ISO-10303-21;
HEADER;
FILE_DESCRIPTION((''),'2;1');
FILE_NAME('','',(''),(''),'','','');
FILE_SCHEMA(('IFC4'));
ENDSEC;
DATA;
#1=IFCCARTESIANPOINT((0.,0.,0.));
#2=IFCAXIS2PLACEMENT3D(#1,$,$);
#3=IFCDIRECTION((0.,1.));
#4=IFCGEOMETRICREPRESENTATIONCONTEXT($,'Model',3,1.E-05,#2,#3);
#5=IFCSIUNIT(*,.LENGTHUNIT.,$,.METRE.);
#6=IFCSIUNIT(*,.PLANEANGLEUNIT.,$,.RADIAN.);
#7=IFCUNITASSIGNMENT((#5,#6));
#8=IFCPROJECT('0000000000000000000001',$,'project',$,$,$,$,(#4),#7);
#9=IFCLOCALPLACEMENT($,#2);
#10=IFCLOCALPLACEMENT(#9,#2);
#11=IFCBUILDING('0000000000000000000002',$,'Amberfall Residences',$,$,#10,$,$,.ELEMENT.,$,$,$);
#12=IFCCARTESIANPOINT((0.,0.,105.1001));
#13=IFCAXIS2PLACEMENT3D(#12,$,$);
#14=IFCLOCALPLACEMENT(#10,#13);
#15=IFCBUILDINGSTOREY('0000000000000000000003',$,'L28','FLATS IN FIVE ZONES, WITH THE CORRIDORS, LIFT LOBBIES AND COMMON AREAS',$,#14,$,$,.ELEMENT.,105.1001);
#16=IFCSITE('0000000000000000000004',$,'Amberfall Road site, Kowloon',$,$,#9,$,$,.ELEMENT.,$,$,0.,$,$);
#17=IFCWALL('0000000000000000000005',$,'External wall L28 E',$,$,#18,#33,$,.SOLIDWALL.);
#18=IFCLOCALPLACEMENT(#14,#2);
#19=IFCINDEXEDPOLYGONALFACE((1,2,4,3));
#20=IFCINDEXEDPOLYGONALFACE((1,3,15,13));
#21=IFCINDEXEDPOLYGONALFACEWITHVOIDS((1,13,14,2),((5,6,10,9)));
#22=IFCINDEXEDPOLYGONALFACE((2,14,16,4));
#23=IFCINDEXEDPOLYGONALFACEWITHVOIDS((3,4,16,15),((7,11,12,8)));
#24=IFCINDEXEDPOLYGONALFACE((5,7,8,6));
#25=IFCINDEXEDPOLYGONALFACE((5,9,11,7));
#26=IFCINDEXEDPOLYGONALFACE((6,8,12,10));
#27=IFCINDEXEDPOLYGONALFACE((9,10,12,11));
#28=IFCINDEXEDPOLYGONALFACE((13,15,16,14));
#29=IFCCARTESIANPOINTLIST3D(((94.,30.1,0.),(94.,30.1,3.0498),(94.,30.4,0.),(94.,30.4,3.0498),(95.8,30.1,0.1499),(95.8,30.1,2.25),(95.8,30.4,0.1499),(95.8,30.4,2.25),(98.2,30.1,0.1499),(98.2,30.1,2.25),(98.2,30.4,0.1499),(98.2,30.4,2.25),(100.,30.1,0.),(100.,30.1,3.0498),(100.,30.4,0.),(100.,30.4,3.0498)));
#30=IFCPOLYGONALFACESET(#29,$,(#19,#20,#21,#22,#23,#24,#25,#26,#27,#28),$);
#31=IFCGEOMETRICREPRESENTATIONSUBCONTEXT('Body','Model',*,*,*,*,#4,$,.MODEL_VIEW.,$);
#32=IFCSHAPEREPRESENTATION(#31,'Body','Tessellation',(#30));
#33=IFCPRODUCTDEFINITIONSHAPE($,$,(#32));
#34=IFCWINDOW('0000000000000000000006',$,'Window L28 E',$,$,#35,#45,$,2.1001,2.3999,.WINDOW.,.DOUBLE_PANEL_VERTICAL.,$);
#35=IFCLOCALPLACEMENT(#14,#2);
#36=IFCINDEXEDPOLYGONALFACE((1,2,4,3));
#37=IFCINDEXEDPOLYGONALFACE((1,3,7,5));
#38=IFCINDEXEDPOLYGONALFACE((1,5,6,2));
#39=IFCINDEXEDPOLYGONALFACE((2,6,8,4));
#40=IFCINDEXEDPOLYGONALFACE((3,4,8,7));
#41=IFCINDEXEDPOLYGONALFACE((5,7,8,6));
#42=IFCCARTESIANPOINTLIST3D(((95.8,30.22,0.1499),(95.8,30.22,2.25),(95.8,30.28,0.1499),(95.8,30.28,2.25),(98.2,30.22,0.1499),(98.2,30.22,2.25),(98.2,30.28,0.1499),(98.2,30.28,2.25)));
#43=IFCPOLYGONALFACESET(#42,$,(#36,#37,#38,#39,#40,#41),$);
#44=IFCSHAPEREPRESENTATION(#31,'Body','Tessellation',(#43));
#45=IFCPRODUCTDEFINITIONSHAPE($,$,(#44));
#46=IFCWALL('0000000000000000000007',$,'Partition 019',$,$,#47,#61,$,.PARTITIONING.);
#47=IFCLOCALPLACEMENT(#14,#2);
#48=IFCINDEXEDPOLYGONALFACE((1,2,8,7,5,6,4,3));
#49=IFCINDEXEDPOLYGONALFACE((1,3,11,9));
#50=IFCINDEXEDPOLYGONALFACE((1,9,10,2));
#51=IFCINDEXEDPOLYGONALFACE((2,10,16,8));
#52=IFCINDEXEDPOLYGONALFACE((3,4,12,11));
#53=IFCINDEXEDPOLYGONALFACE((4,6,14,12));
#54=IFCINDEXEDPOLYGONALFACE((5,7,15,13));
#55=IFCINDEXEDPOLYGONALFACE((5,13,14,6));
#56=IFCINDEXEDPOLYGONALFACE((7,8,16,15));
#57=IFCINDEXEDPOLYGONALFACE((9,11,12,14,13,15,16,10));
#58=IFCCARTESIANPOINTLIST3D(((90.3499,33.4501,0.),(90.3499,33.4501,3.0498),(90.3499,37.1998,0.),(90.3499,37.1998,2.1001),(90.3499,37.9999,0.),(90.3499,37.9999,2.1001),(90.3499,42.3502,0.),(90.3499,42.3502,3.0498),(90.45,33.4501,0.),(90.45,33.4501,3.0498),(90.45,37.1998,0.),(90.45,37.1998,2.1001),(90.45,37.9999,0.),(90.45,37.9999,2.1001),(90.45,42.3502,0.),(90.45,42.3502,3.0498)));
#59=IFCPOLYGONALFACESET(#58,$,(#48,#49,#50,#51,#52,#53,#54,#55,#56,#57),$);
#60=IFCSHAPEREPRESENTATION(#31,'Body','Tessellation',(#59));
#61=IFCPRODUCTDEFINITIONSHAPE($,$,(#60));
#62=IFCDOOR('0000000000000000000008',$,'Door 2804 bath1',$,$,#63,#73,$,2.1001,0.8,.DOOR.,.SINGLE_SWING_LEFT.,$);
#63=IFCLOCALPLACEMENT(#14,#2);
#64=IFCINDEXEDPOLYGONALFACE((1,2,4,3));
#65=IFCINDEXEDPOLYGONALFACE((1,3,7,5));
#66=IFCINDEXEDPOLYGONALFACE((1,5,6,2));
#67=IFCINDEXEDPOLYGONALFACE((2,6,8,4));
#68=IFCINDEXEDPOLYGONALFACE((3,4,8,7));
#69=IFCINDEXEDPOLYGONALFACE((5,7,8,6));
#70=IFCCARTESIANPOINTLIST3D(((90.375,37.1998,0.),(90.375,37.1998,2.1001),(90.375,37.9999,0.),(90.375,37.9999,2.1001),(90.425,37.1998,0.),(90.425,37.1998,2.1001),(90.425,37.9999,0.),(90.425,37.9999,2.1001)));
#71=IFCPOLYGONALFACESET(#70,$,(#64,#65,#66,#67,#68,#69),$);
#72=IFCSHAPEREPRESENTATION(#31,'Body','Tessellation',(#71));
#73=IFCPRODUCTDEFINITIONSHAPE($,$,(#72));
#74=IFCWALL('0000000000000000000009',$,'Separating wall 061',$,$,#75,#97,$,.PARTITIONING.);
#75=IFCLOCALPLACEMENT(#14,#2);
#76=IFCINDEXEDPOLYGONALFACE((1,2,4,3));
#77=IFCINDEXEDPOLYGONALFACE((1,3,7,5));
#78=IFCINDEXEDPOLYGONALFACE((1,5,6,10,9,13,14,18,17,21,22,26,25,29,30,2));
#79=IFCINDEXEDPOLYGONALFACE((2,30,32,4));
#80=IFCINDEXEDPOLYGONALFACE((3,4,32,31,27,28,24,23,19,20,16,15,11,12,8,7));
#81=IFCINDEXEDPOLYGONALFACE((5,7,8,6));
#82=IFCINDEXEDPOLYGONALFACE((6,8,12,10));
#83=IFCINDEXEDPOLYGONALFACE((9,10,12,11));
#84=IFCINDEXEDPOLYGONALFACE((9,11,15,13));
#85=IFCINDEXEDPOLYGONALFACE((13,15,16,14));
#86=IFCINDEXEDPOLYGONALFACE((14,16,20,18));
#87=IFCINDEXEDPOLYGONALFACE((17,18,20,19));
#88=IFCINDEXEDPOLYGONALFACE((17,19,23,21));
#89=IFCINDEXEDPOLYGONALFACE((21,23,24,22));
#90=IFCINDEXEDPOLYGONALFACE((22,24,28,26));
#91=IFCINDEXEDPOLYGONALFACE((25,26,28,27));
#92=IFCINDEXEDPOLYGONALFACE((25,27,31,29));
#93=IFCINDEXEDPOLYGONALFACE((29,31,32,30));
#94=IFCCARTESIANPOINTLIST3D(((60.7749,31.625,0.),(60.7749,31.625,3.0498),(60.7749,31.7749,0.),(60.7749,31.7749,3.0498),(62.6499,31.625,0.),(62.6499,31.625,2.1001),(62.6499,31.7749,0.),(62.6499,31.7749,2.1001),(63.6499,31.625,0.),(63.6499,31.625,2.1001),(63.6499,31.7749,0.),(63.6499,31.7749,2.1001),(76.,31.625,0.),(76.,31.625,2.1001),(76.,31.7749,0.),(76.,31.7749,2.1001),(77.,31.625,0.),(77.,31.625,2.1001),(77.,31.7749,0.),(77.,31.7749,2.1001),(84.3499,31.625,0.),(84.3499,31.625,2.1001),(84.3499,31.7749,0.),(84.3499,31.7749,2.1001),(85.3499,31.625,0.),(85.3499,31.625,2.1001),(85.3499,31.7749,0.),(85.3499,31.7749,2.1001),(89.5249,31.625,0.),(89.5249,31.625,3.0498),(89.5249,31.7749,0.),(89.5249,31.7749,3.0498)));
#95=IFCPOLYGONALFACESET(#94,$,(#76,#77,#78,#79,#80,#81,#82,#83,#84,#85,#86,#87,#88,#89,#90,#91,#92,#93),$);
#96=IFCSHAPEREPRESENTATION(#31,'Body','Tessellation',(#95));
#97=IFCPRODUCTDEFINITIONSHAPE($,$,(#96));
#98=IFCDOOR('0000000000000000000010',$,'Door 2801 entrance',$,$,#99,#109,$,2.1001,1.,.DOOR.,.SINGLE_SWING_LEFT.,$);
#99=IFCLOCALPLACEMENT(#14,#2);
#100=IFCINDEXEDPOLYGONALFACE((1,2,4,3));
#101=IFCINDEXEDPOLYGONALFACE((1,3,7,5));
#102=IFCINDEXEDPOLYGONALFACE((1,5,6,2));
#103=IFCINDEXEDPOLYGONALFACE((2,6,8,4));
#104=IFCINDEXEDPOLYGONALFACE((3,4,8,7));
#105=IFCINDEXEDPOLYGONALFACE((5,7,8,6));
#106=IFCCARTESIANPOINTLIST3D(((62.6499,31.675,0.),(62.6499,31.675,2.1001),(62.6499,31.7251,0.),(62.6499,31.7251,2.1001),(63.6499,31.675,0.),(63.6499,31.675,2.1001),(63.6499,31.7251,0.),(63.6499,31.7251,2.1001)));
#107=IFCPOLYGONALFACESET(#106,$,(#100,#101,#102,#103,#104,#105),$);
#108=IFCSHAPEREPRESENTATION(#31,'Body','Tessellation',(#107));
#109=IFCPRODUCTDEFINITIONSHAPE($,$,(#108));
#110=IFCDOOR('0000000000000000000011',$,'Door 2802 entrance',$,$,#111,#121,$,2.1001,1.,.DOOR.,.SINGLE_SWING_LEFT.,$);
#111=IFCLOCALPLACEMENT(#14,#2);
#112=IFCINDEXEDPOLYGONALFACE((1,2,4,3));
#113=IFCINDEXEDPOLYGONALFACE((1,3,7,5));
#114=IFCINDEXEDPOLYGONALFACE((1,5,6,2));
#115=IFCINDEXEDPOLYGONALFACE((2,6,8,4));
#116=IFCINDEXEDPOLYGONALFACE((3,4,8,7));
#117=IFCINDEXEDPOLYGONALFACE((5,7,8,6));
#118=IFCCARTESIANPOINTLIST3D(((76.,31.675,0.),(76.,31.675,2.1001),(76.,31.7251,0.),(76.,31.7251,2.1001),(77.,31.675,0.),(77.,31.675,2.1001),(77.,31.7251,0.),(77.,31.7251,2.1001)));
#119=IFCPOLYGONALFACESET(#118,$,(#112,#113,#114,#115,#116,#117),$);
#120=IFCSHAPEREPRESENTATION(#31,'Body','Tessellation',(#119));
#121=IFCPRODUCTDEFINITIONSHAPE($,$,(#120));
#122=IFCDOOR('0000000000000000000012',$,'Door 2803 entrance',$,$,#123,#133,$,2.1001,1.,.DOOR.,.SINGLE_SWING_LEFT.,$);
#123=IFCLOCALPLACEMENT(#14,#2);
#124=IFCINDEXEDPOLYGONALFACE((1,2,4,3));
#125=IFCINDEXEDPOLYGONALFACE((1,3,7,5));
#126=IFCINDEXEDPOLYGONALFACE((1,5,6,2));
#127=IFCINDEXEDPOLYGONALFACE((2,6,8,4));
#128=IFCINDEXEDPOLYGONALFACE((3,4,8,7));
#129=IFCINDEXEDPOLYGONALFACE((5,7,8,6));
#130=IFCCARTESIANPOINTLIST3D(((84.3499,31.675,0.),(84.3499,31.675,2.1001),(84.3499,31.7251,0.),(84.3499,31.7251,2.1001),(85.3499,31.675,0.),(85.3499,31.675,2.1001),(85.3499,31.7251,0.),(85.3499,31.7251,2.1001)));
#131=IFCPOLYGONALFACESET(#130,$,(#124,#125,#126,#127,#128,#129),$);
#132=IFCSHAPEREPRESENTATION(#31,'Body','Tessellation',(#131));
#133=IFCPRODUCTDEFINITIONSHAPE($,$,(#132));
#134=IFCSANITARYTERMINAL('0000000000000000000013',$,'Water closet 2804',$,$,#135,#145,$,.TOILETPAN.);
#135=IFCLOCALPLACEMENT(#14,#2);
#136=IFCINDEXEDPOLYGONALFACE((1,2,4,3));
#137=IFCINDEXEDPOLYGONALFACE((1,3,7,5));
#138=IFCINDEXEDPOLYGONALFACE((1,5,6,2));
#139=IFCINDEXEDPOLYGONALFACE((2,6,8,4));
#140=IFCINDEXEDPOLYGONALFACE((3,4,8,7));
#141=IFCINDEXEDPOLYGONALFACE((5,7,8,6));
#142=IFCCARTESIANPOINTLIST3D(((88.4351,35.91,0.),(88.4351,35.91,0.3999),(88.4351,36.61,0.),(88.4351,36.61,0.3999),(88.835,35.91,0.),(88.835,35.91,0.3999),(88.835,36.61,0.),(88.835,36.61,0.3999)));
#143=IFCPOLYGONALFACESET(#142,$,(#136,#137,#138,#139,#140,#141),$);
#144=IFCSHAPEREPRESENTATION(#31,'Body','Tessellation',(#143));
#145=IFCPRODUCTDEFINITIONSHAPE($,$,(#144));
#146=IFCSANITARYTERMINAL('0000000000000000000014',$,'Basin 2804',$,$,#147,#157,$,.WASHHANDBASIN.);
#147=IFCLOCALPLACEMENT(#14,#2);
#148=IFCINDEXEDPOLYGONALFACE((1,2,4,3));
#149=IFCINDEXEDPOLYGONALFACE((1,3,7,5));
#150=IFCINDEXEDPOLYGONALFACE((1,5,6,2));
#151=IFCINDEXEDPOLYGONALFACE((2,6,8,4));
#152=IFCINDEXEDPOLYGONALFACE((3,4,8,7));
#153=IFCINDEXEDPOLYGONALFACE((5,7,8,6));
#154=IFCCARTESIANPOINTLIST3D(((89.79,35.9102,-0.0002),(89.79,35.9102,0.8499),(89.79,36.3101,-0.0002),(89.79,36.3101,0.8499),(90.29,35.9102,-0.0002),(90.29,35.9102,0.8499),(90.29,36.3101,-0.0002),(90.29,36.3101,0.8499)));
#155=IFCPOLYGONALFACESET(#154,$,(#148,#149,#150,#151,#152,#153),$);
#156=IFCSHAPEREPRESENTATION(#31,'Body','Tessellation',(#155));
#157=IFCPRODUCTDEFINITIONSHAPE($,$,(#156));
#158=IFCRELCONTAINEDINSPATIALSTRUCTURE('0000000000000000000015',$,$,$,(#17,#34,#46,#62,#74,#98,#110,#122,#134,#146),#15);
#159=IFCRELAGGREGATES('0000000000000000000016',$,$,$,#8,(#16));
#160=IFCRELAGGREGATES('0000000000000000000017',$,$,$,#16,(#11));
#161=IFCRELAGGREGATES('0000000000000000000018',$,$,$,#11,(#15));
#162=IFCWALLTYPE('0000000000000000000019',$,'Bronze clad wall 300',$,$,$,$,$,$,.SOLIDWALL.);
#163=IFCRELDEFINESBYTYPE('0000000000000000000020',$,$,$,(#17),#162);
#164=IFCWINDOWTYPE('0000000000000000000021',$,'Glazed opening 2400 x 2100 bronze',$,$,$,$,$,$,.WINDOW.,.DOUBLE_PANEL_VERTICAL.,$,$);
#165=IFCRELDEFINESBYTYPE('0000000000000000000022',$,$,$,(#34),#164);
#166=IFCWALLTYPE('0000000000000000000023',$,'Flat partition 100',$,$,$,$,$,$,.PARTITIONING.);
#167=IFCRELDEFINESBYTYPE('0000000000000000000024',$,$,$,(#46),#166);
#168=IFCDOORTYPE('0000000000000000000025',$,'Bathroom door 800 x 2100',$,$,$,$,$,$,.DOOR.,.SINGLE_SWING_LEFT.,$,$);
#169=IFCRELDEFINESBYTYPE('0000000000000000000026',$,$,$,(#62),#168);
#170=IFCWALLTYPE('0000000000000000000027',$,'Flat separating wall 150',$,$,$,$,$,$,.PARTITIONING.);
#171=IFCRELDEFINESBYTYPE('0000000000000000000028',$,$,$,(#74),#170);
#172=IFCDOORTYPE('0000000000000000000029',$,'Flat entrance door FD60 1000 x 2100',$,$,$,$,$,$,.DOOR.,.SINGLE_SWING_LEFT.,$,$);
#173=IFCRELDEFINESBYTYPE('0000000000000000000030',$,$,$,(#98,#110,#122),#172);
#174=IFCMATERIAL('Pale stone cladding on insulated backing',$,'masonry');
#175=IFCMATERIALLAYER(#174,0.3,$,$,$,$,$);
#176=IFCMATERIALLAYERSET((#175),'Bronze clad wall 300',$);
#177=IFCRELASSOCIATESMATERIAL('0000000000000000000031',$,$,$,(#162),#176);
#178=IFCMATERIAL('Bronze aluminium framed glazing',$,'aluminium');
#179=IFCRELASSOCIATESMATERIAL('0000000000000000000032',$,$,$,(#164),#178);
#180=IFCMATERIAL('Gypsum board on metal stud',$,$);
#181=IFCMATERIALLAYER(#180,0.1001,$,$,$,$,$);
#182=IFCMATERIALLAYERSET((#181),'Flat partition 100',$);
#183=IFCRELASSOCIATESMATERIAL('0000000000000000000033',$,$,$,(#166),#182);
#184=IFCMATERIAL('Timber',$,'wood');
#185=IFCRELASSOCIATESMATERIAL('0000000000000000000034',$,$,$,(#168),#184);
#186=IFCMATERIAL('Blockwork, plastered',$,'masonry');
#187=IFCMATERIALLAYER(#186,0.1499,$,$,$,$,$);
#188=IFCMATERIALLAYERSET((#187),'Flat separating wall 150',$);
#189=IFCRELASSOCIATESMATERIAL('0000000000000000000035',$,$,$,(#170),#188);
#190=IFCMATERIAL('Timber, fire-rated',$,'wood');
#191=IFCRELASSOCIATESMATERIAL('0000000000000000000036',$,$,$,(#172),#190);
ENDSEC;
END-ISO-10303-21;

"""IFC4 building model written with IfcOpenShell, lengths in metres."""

from ifc_helpers import new_model, si_unit, direction, frame, frame_2d, origin, origin_2d, place, context, subcontext, project, spatial, rectangle, extrude, material, layer, layer_set, type_object, element, fill, save


model = new_model("IFC4")

# Units and contexts
model_context = context("Model", 3, precision=1e-05, world=origin(), true_north=direction((0.0, 1.0)))
body_context = subcontext(model_context, "Body", "Model", "MODEL_VIEW")
ifc_project = project(units=[si_unit("LENGTHUNIT", "METRE"), si_unit("PLANEANGLEUNIT", "RADIAN")], contexts=[model_context])

# Site, building, storey
site_placement = place(None, origin())
site = spatial("IfcSite", under=ifc_project, at=site_placement, Name="Amberfall Road site, Kowloon", CompositionType="ELEMENT", RefElevation=0.0)
building_placement = place(site_placement, origin())
building = spatial("IfcBuilding", under=site, at=building_placement, Name="Amberfall Residences", CompositionType="ELEMENT")
storey_placement = place(building_placement, frame((0.0, 0.0, 105.1001)))
storey = spatial("IfcBuildingStorey", under=building, at=storey_placement, Name="L28", Description="FLATS IN FIVE ZONES, WITH THE CORRIDORS, LIFT LOBBIES AND COMMON AREAS", CompositionType="ELEMENT", Elevation=105.1001)

# Wall, opening, window
ifc_material_1 = material(Name="Pale stone cladding on insulated backing", Category="masonry")
ifc_layer_1 = layer(ifc_material_1, 0.3)
ifc_layer_set_1 = layer_set([ifc_layer_1], Name="Bronze clad wall 300")
wall_type_1 = type_object("IfcWallType", Name="Bronze clad wall 300", PredefinedType="SOLIDWALL", material=ifc_layer_set_1)
wall_1_placement = place(storey_placement, frame((100.0, 30.25, 0.0), z_axis=(0.0, 0.0, 1.0), x_axis=(-1.0, 0.0, 0.0)))
wall_1 = element("IfcWall", 1, at=wall_1_placement, inside=storey, type_object=wall_type_1, Name="External wall L28 E", PredefinedType="SOLIDWALL", context=body_context, shape_type="SweptSolid", body=[
    extrude(rectangle(XDim=6.0, YDim=0.3, at=frame_2d((3.0, 0.0))), origin(), (0.0, 0.0, 1.0), 3.0498),
])
opening_1_placement = place(wall_1_placement, frame((1.8, 0.0, 0.1499)))
opening_1 = element("IfcOpeningElement", 2, at=opening_1_placement, cuts=wall_1, PredefinedType="OPENING", context=body_context, shape_type="SweptSolid", body=[
    extrude(rectangle(XDim=2.3999, YDim=2.1001, at=frame_2d((1.2, 1.05))), frame((0.0, 0.1599, 0.0), z_axis=(0.0, -1.0, 0.0), x_axis=(1.0, 0.0, 0.0)), (0.0, 0.0, 1.0), 0.3201),
])
ifc_material_2 = material(Name="Bronze aluminium framed glazing", Category="aluminium")
window_type = type_object("IfcWindowType", Name="Glazed opening 2400 x 2100 bronze", PartitioningType="DOUBLE_PANEL_VERTICAL", PredefinedType="WINDOW", material=ifc_material_2)
window_placement = place(opening_1_placement, origin())
window = element("IfcWindow", 3, at=window_placement, inside=storey, type_object=window_type, Name="Window L28 E", OverallHeight=2.1001, OverallWidth=2.3999, PartitioningType="DOUBLE_PANEL_VERTICAL", PredefinedType="WINDOW", context=body_context, shape_type="SweptSolid", body=[
    extrude(rectangle(XDim=2.3999, YDim=2.1001, at=frame_2d((1.2, 1.05))), frame((0.0, 0.03, 0.0), z_axis=(0.0, -1.0, 0.0), x_axis=(1.0, 0.0, 0.0)), (0.0, 0.0, 1.0), 0.0601),
])
fill(opening_1, window)

# Wall, opening, door
ifc_material_3 = material(Name="Gypsum board on metal stud")
ifc_layer_2 = layer(ifc_material_3, 0.1001)
ifc_layer_set_2 = layer_set([ifc_layer_2], Name="Flat partition 100")
wall_type_2 = type_object("IfcWallType", Name="Flat partition 100", PredefinedType="PARTITIONING", material=ifc_layer_set_2)
wall_2_placement = place(storey_placement, frame((90.3999, 33.45, 0.0), z_axis=(0.0, 0.0, 1.0), x_axis=(0.0, 1.0, 0.0)))
wall_2 = element("IfcWall", 4, at=wall_2_placement, inside=storey, type_object=wall_type_2, Name="Partition 019", PredefinedType="PARTITIONING", context=body_context, shape_type="SweptSolid", body=[
    extrude(rectangle(XDim=8.9001, YDim=0.1001, at=frame_2d((4.4502, 0.0))), origin(), (0.0, 0.0, 1.0), 3.0498),
])
opening_2_placement = place(wall_2_placement, frame((3.75, 0.0, 0.0)))
opening_2 = element("IfcOpeningElement", 5, at=opening_2_placement, cuts=wall_2, PredefinedType="OPENING", context=body_context, shape_type="SweptSolid", body=[
    extrude(rectangle(XDim=0.8, YDim=2.1001, at=frame_2d((0.3999, 1.05))), frame((0.0, 0.0601, 0.0), z_axis=(0.0, -1.0, 0.0), x_axis=(1.0, 0.0, 0.0)), (0.0, 0.0, 1.0), 0.1201),
])
ifc_material_4 = material(Name="Timber", Category="wood")
door_type_1 = type_object("IfcDoorType", Name="Bathroom door 800 x 2100", OperationType="SINGLE_SWING_LEFT", PredefinedType="DOOR", material=ifc_material_4)
door_1_placement = place(opening_2_placement, origin())
door_1 = element("IfcDoor", 6, at=door_1_placement, inside=storey, type_object=door_type_1, Name="Door 2804 bath1", OperationType="SINGLE_SWING_LEFT", OverallHeight=2.1001, OverallWidth=0.8, PredefinedType="DOOR", context=body_context, shape_type="SweptSolid", body=[
    extrude(rectangle(XDim=0.8, YDim=2.1001, at=frame_2d((0.3999, 1.05))), frame((0.0, 0.0249, 0.0), z_axis=(0.0, -1.0, 0.0), x_axis=(1.0, 0.0, 0.0)), (0.0, 0.0, 1.0), 0.05),
])
fill(opening_2, door_1)

# Wall, openings, doors
ifc_material_5 = material(Name="Blockwork, plastered", Category="masonry")
ifc_layer_3 = layer(ifc_material_5, 0.1499)
ifc_layer_set_3 = layer_set([ifc_layer_3], Name="Flat separating wall 150")
wall_type_3 = type_object("IfcWallType", Name="Flat separating wall 150", PredefinedType="PARTITIONING", material=ifc_layer_set_3)
wall_3_placement = place(storey_placement, frame((89.5249, 31.7, 0.0), z_axis=(0.0, 0.0, 1.0), x_axis=(-1.0, 0.0, 0.0)))
wall_3 = element("IfcWall", 7, at=wall_3_placement, inside=storey, type_object=wall_type_3, Name="Separating wall 061", PredefinedType="PARTITIONING", context=body_context, shape_type="SweptSolid", body=[
    extrude(rectangle(XDim=28.75, YDim=0.1499, at=frame_2d((14.375, 0.0))), origin(), (0.0, 0.0, 1.0), 3.0498),
])
opening_3_placement = place(wall_3_placement, frame((25.875, 0.0, 0.0)))
opening_3 = element("IfcOpeningElement", 8, at=opening_3_placement, cuts=wall_3, PredefinedType="OPENING", context=body_context, shape_type="SweptSolid", body=[
    extrude(rectangle(XDim=1.0, YDim=2.1001, at=frame_2d((0.5, 1.05))), frame((0.0, 0.085, 0.0), z_axis=(0.0, -1.0, 0.0), x_axis=(1.0, 0.0, 0.0)), (0.0, 0.0, 1.0), 0.1699),
])
opening_4_placement = place(wall_3_placement, frame((12.5249, 0.0, 0.0)))
opening_4 = element("IfcOpeningElement", 9, at=opening_4_placement, cuts=wall_3, PredefinedType="OPENING", context=body_context, shape_type="SweptSolid", body=[
    extrude(rectangle(XDim=1.0, YDim=2.1001, at=frame_2d((0.5, 1.05))), frame((0.0, 0.085, 0.0), z_axis=(0.0, -1.0, 0.0), x_axis=(1.0, 0.0, 0.0)), (0.0, 0.0, 1.0), 0.1699),
])
opening_5_placement = place(wall_3_placement, frame((4.175, 0.0, 0.0)))
opening_5 = element("IfcOpeningElement", 10, at=opening_5_placement, cuts=wall_3, PredefinedType="OPENING", context=body_context, shape_type="SweptSolid", body=[
    extrude(rectangle(XDim=1.0, YDim=2.1001, at=frame_2d((0.5, 1.05))), frame((0.0, 0.085, 0.0), z_axis=(0.0, -1.0, 0.0), x_axis=(1.0, 0.0, 0.0)), (0.0, 0.0, 1.0), 0.1699),
])
ifc_material_6 = material(Name="Timber, fire-rated", Category="wood")
door_type_2 = type_object("IfcDoorType", Name="Flat entrance door FD60 1000 x 2100", OperationType="SINGLE_SWING_LEFT", PredefinedType="DOOR", material=ifc_material_6)
door_2_placement = place(opening_3_placement, origin())
door_2 = element("IfcDoor", 11, at=door_2_placement, inside=storey, type_object=door_type_2, Name="Door 2801 entrance", OperationType="SINGLE_SWING_LEFT", OverallHeight=2.1001, OverallWidth=1.0, PredefinedType="DOOR", context=body_context, shape_type="SweptSolid", body=[
    extrude(rectangle(XDim=1.0, YDim=2.1001, at=frame_2d((0.5, 1.05))), frame((0.0, 0.0249, 0.0), z_axis=(0.0, -1.0, 0.0), x_axis=(1.0, 0.0, 0.0)), (0.0, 0.0, 1.0), 0.05),
])
fill(opening_3, door_2)
door_3_placement = place(opening_4_placement, origin())
door_3 = element("IfcDoor", 12, at=door_3_placement, inside=storey, type_object=door_type_2, Name="Door 2802 entrance", OperationType="SINGLE_SWING_LEFT", OverallHeight=2.1001, OverallWidth=1.0, PredefinedType="DOOR", context=body_context, shape_type="SweptSolid", body=[
    extrude(rectangle(XDim=1.0, YDim=2.1001, at=frame_2d((0.5, 1.05))), frame((0.0, 0.0249, 0.0), z_axis=(0.0, -1.0, 0.0), x_axis=(1.0, 0.0, 0.0)), (0.0, 0.0, 1.0), 0.05),
])
fill(opening_4, door_3)
door_4_placement = place(opening_5_placement, origin())
door_4 = element("IfcDoor", 13, at=door_4_placement, inside=storey, type_object=door_type_2, Name="Door 2803 entrance", OperationType="SINGLE_SWING_LEFT", OverallHeight=2.1001, OverallWidth=1.0, PredefinedType="DOOR", context=body_context, shape_type="SweptSolid", body=[
    extrude(rectangle(XDim=1.0, YDim=2.1001, at=frame_2d((0.5, 1.05))), frame((0.0, 0.0249, 0.0), z_axis=(0.0, -1.0, 0.0), x_axis=(1.0, 0.0, 0.0)), (0.0, 0.0, 1.0), 0.05),
])
fill(opening_5, door_4)

# Sanitary terminals
sanitary_terminal_1_placement = place(storey_placement, frame((88.635, 36.26, 0.0), z_axis=(0.0, 0.0, 1.0), x_axis=(1.0, 0.0, 0.0)))
element("IfcSanitaryTerminal", 14, at=sanitary_terminal_1_placement, inside=storey, Name="Water closet 2804", PredefinedType="TOILETPAN", context=body_context, shape_type="SweptSolid", body=[
    extrude(rectangle(XDim=0.3999, YDim=0.7, at=origin_2d()), origin(), (0.0, 0.0, 1.0), 0.3999),
])
sanitary_terminal_2_placement = place(storey_placement, frame((90.04, 36.1101, -0.0002), z_axis=(0.0, 0.0, 1.0), x_axis=(1.0, 0.0, 0.0)))
element("IfcSanitaryTerminal", 15, at=sanitary_terminal_2_placement, inside=storey, Name="Basin 2804", PredefinedType="WASHHANDBASIN", context=body_context, shape_type="SweptSolid", body=[
    extrude(rectangle(XDim=0.5, YDim=0.3999, at=origin_2d()), origin(), (0.0, 0.0, 1.0), 0.8501),
])

save(model, "model.ifc")
